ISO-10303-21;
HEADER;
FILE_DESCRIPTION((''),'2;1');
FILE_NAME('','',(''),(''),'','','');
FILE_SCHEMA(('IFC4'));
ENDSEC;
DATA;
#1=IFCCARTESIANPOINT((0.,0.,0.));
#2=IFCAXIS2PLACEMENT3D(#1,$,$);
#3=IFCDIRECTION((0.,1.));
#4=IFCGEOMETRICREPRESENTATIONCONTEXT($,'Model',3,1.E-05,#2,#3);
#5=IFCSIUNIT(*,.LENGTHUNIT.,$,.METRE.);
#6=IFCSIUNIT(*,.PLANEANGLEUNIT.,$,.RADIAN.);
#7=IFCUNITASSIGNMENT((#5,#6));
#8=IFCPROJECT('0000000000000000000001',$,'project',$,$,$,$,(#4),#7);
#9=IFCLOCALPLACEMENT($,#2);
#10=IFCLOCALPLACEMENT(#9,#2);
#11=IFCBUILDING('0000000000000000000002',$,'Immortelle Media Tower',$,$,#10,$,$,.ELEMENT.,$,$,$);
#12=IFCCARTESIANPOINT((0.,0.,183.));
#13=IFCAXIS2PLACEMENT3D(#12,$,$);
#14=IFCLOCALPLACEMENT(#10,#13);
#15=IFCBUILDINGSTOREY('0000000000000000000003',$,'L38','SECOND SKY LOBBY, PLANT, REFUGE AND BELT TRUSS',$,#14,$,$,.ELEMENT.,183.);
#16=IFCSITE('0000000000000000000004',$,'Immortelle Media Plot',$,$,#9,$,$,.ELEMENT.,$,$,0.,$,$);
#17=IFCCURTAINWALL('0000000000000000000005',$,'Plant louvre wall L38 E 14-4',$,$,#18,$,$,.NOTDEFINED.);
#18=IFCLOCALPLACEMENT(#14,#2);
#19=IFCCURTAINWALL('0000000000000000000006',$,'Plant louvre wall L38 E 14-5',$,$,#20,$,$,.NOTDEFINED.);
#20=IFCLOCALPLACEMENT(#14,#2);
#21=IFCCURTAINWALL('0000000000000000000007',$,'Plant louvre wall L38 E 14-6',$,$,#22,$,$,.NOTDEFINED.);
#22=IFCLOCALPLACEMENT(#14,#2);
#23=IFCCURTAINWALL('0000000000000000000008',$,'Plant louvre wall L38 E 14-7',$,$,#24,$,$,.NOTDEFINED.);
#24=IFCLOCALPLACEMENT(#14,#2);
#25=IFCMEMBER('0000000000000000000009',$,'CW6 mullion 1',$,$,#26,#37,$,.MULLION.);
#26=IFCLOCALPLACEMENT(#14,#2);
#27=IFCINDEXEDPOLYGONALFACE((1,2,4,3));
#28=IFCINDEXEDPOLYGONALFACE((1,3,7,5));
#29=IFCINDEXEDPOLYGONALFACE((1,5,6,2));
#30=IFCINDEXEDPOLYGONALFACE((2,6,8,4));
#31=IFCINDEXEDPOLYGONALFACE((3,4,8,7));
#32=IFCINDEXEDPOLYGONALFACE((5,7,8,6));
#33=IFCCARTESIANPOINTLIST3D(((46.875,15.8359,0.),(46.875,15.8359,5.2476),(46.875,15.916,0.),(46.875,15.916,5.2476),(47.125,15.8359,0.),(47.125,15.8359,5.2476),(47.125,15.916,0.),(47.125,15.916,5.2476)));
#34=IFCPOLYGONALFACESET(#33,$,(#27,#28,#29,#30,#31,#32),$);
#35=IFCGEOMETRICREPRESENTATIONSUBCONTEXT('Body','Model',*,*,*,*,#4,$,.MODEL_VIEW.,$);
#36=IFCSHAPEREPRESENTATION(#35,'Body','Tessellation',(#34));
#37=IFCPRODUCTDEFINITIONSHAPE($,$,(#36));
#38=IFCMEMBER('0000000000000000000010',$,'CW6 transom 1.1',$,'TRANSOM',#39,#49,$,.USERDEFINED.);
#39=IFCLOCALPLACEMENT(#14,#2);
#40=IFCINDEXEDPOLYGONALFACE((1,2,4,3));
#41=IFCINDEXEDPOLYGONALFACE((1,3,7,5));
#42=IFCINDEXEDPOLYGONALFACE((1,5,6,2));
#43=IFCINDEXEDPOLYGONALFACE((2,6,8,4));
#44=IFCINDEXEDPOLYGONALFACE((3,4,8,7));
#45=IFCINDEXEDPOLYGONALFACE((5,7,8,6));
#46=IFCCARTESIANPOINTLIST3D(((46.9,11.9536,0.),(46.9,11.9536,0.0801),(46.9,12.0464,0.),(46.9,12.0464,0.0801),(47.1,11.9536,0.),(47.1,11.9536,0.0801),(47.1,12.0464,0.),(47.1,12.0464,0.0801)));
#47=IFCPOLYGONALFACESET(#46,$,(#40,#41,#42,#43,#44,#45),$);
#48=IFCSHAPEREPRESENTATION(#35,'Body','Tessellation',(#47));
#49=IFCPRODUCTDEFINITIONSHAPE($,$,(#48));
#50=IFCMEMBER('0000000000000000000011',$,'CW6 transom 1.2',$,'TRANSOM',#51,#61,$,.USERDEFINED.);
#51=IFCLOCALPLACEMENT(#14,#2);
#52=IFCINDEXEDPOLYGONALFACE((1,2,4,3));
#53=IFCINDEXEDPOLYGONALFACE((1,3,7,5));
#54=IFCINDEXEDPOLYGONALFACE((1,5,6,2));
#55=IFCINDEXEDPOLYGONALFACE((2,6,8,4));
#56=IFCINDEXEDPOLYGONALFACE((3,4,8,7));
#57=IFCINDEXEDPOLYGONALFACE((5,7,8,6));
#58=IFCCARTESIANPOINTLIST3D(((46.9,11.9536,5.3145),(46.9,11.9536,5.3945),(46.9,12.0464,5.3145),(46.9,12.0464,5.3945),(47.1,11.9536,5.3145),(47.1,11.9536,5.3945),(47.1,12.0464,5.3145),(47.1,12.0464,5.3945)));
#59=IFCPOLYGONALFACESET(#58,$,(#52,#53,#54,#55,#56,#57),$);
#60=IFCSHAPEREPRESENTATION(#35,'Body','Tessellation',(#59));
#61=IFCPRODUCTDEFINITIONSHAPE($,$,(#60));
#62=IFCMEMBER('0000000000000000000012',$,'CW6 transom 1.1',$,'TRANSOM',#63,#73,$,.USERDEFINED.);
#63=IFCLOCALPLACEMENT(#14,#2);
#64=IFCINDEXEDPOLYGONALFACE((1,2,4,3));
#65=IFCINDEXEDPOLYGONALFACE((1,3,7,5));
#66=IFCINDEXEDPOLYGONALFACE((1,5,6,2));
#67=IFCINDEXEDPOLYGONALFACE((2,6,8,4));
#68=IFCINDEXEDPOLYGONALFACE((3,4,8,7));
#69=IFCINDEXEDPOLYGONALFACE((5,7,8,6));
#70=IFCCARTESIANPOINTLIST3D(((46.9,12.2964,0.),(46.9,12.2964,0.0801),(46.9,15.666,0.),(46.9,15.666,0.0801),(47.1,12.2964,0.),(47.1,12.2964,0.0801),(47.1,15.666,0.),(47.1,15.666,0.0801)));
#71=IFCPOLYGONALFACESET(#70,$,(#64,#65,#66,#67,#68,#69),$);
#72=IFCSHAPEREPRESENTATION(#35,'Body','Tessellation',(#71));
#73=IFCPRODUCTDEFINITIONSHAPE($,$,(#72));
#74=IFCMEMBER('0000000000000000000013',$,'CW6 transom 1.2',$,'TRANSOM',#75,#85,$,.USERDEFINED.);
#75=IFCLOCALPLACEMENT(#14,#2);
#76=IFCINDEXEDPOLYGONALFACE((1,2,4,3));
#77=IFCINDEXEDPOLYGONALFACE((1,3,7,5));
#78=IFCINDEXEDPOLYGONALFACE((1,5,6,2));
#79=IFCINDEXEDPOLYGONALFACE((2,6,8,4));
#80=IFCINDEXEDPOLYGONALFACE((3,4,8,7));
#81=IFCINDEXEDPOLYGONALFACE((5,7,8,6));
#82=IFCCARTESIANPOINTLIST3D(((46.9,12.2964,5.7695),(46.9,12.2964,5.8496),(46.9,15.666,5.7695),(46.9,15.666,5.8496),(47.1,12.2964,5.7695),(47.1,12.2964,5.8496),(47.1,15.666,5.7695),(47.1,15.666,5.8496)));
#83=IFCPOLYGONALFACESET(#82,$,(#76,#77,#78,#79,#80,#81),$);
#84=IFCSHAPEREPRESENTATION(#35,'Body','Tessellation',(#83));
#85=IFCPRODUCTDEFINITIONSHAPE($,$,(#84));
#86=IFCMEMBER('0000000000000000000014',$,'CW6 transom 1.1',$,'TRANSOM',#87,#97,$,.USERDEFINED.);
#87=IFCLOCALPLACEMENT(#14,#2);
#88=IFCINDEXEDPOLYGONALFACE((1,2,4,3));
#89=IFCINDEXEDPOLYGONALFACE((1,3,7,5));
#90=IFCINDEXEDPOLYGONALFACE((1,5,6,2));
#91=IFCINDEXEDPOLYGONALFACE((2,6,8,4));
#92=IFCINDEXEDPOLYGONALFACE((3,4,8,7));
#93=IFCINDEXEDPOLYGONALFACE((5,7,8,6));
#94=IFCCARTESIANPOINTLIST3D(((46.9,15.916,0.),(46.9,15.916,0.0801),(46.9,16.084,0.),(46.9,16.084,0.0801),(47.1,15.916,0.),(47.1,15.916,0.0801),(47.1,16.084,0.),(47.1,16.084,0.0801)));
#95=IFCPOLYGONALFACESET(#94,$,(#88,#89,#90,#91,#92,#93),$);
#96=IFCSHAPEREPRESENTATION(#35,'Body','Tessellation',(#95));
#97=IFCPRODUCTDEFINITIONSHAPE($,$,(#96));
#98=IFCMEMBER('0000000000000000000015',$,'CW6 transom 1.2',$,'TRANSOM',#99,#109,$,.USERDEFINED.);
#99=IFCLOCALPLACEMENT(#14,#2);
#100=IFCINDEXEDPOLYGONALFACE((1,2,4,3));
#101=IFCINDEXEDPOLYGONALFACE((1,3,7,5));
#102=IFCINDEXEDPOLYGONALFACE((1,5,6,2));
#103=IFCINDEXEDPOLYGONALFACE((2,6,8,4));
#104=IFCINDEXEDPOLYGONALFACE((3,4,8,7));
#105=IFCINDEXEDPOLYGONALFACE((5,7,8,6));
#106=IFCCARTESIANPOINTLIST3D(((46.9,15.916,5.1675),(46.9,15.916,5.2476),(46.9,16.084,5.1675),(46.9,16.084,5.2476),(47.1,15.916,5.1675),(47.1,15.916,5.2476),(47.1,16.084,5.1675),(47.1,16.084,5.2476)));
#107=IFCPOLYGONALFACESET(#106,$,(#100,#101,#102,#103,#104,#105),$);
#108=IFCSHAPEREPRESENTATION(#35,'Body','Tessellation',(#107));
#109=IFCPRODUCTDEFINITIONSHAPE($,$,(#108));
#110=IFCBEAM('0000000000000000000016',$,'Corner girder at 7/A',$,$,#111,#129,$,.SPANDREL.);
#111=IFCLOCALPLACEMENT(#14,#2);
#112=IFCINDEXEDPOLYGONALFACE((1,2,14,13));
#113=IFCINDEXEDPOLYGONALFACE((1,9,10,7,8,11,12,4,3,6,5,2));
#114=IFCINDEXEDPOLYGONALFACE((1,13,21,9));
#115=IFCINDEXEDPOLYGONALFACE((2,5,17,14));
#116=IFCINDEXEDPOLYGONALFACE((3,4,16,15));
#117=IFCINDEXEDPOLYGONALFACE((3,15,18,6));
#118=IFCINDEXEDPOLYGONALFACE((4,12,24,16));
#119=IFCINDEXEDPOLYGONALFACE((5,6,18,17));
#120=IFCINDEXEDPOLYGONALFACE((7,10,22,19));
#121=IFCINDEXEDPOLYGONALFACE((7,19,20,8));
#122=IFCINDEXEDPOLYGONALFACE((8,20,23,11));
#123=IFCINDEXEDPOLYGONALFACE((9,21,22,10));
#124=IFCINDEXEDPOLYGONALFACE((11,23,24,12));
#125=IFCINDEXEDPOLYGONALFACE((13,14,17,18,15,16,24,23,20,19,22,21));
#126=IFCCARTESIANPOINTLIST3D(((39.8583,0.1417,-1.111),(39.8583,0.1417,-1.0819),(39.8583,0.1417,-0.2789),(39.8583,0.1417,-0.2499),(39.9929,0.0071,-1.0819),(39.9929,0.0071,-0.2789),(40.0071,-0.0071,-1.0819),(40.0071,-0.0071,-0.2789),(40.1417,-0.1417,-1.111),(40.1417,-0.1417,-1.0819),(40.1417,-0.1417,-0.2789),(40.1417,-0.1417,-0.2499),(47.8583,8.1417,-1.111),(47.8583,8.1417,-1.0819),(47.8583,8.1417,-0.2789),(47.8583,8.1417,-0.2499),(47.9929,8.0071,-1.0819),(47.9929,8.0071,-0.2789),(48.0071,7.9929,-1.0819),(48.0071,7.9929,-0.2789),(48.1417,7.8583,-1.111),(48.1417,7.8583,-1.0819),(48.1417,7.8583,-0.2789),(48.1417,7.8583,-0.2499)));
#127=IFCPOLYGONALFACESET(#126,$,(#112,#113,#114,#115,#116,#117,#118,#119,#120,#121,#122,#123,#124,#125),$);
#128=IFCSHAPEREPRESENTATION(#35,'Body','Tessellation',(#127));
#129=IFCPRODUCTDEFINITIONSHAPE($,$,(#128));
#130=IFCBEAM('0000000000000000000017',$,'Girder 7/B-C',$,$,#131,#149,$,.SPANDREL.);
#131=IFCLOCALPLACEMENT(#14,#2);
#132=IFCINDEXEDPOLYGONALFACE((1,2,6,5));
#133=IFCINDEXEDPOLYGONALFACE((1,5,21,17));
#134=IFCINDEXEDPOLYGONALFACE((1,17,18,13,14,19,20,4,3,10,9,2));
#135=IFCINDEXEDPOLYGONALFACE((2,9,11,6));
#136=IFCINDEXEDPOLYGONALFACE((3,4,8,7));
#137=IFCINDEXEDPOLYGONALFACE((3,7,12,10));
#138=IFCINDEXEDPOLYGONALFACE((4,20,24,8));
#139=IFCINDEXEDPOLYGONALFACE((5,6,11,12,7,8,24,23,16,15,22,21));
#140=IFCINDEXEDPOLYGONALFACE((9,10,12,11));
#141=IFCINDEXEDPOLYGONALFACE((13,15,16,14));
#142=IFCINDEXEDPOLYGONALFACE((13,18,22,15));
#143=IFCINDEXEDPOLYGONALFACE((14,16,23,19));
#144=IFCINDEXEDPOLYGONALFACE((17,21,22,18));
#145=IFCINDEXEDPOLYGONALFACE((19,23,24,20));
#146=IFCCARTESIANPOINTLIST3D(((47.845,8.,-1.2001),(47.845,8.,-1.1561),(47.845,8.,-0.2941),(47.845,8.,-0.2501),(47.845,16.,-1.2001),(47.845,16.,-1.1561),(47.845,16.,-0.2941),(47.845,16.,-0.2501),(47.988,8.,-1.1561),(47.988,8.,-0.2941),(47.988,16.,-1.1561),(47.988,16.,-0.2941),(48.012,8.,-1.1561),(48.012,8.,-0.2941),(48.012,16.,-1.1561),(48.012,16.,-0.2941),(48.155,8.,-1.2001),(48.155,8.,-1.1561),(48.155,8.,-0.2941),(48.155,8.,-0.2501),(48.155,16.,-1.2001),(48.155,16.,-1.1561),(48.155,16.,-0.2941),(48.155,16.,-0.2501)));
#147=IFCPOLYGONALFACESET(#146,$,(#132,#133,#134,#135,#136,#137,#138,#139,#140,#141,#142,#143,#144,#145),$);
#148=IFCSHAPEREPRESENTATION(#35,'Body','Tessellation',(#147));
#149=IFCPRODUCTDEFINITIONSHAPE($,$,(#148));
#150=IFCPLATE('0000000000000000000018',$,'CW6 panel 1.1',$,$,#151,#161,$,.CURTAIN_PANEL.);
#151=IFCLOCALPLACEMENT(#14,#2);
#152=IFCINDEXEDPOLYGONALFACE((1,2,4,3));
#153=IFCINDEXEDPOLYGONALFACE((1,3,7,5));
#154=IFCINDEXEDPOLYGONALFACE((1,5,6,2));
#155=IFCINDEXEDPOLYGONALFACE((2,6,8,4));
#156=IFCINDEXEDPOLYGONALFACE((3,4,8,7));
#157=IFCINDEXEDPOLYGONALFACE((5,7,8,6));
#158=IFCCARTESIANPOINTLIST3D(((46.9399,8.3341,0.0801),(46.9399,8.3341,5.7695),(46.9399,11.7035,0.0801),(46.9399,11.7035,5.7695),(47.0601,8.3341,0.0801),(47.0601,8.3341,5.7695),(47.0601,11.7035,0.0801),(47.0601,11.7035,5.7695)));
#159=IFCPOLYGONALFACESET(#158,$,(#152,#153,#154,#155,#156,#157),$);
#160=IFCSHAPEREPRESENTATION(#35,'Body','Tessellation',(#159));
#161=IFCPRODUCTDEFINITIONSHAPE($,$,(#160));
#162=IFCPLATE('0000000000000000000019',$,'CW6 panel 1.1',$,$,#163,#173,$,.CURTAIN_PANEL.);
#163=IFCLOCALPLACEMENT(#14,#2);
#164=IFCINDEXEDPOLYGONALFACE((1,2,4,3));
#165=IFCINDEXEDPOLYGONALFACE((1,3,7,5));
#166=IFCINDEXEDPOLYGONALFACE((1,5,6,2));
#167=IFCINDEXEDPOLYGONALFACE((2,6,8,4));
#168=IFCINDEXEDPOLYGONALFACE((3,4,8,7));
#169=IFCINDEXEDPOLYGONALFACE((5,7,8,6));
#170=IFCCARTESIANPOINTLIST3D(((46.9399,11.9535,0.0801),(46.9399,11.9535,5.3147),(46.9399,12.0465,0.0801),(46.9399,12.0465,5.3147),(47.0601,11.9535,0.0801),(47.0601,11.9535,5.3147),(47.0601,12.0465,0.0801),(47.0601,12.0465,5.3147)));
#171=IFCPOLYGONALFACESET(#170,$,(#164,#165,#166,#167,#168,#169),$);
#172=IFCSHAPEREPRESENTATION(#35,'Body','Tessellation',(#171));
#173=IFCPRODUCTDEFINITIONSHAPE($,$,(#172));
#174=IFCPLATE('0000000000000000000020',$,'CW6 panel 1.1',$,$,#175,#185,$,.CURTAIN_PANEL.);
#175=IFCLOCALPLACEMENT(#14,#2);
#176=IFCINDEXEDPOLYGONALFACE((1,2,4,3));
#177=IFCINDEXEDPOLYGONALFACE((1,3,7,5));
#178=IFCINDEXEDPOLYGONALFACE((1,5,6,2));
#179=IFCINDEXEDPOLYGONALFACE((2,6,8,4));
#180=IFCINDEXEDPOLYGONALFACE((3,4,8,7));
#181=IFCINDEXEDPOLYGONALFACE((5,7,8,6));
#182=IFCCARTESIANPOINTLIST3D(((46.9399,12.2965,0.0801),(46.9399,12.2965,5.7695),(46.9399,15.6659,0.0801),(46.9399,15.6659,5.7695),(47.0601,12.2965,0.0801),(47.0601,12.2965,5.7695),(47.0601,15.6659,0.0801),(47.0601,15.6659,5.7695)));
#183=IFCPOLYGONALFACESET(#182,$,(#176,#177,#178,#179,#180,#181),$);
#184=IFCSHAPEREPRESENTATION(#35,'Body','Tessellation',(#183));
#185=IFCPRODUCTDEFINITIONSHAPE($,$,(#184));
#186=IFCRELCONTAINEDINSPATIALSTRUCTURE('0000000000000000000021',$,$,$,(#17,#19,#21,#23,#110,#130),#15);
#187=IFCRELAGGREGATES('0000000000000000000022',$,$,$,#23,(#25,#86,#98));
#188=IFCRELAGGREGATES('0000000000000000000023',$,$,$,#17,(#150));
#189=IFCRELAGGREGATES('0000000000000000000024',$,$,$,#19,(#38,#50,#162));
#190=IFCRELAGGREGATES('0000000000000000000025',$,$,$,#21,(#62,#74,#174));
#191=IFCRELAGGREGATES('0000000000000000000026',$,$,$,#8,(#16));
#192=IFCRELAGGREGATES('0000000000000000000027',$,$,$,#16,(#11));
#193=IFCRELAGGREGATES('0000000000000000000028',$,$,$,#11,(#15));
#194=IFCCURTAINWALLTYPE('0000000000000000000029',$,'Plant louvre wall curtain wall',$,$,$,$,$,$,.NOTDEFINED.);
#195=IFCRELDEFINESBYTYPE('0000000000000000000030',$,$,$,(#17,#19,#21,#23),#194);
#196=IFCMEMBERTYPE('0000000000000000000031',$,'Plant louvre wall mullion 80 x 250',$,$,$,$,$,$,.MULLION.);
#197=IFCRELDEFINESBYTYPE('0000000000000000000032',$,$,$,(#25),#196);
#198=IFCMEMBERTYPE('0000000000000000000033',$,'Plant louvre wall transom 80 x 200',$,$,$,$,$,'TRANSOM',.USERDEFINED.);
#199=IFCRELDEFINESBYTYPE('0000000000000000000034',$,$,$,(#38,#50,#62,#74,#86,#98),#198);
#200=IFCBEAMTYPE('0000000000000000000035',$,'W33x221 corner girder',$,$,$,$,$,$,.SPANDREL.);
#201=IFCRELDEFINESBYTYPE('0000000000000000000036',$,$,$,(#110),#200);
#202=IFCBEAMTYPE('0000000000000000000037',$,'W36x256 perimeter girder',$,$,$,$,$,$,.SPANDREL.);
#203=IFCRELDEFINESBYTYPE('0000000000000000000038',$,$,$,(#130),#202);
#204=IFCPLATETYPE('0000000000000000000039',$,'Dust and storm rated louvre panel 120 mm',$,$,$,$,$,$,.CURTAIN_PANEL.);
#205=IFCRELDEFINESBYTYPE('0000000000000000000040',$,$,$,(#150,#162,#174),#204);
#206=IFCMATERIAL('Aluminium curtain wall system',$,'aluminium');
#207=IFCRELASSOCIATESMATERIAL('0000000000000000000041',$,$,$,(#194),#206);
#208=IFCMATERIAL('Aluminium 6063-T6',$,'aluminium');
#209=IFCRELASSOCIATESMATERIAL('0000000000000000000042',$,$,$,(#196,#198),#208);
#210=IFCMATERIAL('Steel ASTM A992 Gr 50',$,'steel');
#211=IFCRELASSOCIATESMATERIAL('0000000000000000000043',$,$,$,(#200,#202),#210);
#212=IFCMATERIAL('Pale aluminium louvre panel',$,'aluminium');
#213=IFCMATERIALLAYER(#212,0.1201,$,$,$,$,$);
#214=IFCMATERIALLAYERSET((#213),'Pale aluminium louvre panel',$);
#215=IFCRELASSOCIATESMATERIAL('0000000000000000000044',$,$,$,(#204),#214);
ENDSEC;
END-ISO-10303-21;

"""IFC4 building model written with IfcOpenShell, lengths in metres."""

from ifc_helpers import new_model, si_unit, direction, frame, origin, origin_2d, place, context, subcontext, project, spatial, rectangle, i_section, extrude, material, layer, layer_set, material_profile, profile_set, type_object, element, aggregate, save


model = new_model("IFC4")

# Units and contexts
model_context = context("Model", 3, precision=1e-05, world=origin(), true_north=direction((0.0, 1.0)))
body_context = subcontext(model_context, "Body", "Model", "MODEL_VIEW")
ifc_project = project(units=[si_unit("LENGTHUNIT", "METRE"), si_unit("PLANEANGLEUNIT", "RADIAN")], contexts=[model_context])

# Site, building, storey
site_placement = place(None, origin())
site = spatial("IfcSite", under=ifc_project, at=site_placement, Name="Immortelle Media Plot", CompositionType="ELEMENT", RefElevation=0.0)
building_placement = place(site_placement, origin())
building = spatial("IfcBuilding", under=site, at=building_placement, Name="Immortelle Media Tower", CompositionType="ELEMENT")
storey_placement = place(building_placement, frame((0.0, 0.0, 183.0)))
storey = spatial("IfcBuildingStorey", under=building, at=storey_placement, Name="L38", Description="SECOND SKY LOBBY, PLANT, REFUGE AND BELT TRUSS", CompositionType="ELEMENT", Elevation=183.0)

# Shared definitions
ifc_material_1 = material(Name="Steel ASTM A992 Gr 50", Category="steel")

# Curtain wall
ifc_material_2 = material(Name="Aluminium curtain wall system", Category="aluminium")
curtain_wall_type = type_object("IfcCurtainWallType", Name="Plant louvre wall curtain wall", PredefinedType="NOTDEFINED", material=ifc_material_2)
curtain_wall_1_placement = place(storey_placement, origin())
curtain_wall_1 = element("IfcCurtainWall", 1, at=curtain_wall_1_placement, inside=storey, type_object=curtain_wall_type, Name="Plant louvre wall L38 E 14-4", PredefinedType="NOTDEFINED")
ifc_material_3 = material(Name="Aluminium 6063-T6", Category="aluminium")
ifc_material_profile_1 = material_profile(ifc_material_3, rectangle(XDim=0.25, YDim=0.0801, at=origin_2d()), Name="AL 80x250")
ifc_profile_set_1 = profile_set([ifc_material_profile_1], Name="Aluminium 6063-T6")
member_type_1 = type_object("IfcMemberType", Name="Plant louvre wall mullion 80 x 250", PredefinedType="MULLION", material=ifc_profile_set_1)

# Curtain walls
curtain_wall_2_placement = place(storey_placement, origin())
curtain_wall_2 = element("IfcCurtainWall", 2, at=curtain_wall_2_placement, inside=storey, type_object=curtain_wall_type, Name="Plant louvre wall L38 E 14-5", PredefinedType="NOTDEFINED")
curtain_wall_3_placement = place(storey_placement, origin())
curtain_wall_3 = element("IfcCurtainWall", 3, at=curtain_wall_3_placement, inside=storey, type_object=curtain_wall_type, Name="Plant louvre wall L38 E 14-6", PredefinedType="NOTDEFINED")

# Curtain wall, member
curtain_wall_4_placement = place(storey_placement, origin())
curtain_wall_4 = element("IfcCurtainWall", 4, at=curtain_wall_4_placement, inside=storey, type_object=curtain_wall_type, Name="Plant louvre wall L38 E 14-7", PredefinedType="NOTDEFINED")
member_1_placement = place(storey_placement, frame((47.0, 15.876, 0.0), z_axis=(0.0, 0.0, 1.0), x_axis=(-1.0, 0.0, 0.0)))
member_1 = element("IfcMember", 5, at=member_1_placement, type_object=member_type_1, Name="CW6 mullion 1", PredefinedType="MULLION", context=body_context, shape_type="SweptSolid", body=[
    extrude(rectangle(XDim=0.25, YDim=0.0801, at=origin_2d()), origin(), (0.0, 0.0, 1.0), 5.2476),
])

# Members
ifc_material_profile_2 = material_profile(ifc_material_3, rectangle(XDim=0.2, YDim=0.0801, at=origin_2d()), Name="AL 80x200")
ifc_profile_set_2 = profile_set([ifc_material_profile_2], Name="Aluminium 6063-T6")
member_type_2 = type_object("IfcMemberType", Name="Plant louvre wall transom 80 x 200", ElementType="TRANSOM", PredefinedType="USERDEFINED", material=ifc_profile_set_2)
member_2_placement = place(storey_placement, frame((47.0, 11.9536, 0.04), z_axis=(0.0, 1.0, 0.0), x_axis=(-1.0, 0.0, 0.0)))
member_2 = element("IfcMember", 6, at=member_2_placement, type_object=member_type_2, Name="CW6 transom 1.1", ObjectType="TRANSOM", PredefinedType="USERDEFINED", context=body_context, shape_type="SweptSolid", body=[
    extrude(rectangle(XDim=0.2, YDim=0.0801, at=origin_2d()), origin(), (0.0, 0.0, 1.0), 0.0928),
])
member_3_placement = place(storey_placement, frame((47.0, 11.9536, 5.3545), z_axis=(0.0, 1.0, 0.0), x_axis=(-1.0, 0.0, 0.0)))
member_3 = element("IfcMember", 7, at=member_3_placement, type_object=member_type_2, Name="CW6 transom 1.2", ObjectType="TRANSOM", PredefinedType="USERDEFINED", context=body_context, shape_type="SweptSolid", body=[
    extrude(rectangle(XDim=0.2, YDim=0.0801, at=origin_2d()), origin(), (0.0, 0.0, 1.0), 0.0928),
])
member_4_placement = place(storey_placement, frame((47.0, 12.2964, 0.04), z_axis=(0.0, 1.0, 0.0), x_axis=(-1.0, 0.0, 0.0)))
member_4 = element("IfcMember", 8, at=member_4_placement, type_object=member_type_2, Name="CW6 transom 1.1", ObjectType="TRANSOM", PredefinedType="USERDEFINED", context=body_context, shape_type="SweptSolid", body=[
    extrude(rectangle(XDim=0.2, YDim=0.0801, at=origin_2d()), origin(), (0.0, 0.0, 1.0), 3.3696),
])
member_5_placement = place(storey_placement, frame((47.0, 12.2964, 5.8096), z_axis=(0.0, 1.0, 0.0), x_axis=(-1.0, 0.0, 0.0)))
member_5 = element("IfcMember", 9, at=member_5_placement, type_object=member_type_2, Name="CW6 transom 1.2", ObjectType="TRANSOM", PredefinedType="USERDEFINED", context=body_context, shape_type="SweptSolid", body=[
    extrude(rectangle(XDim=0.2, YDim=0.0801, at=origin_2d()), origin(), (0.0, 0.0, 1.0), 3.3696),
])
member_6_placement = place(storey_placement, frame((47.0, 15.916, 0.04), z_axis=(0.0, 1.0, 0.0), x_axis=(-1.0, 0.0, 0.0)))
member_6 = element("IfcMember", 10, at=member_6_placement, type_object=member_type_2, Name="CW6 transom 1.1", ObjectType="TRANSOM", PredefinedType="USERDEFINED", context=body_context, shape_type="SweptSolid", body=[
    extrude(rectangle(XDim=0.2, YDim=0.0801, at=origin_2d()), origin(), (0.0, 0.0, 1.0), 0.168),
])
member_7_placement = place(storey_placement, frame((47.0, 15.916, 5.2075), z_axis=(0.0, 1.0, 0.0), x_axis=(-1.0, 0.0, 0.0)))
member_7 = element("IfcMember", 11, at=member_7_placement, type_object=member_type_2, Name="CW6 transom 1.2", ObjectType="TRANSOM", PredefinedType="USERDEFINED", context=body_context, shape_type="SweptSolid", body=[
    extrude(rectangle(XDim=0.2, YDim=0.0801, at=origin_2d()), origin(), (0.0, 0.0, 1.0), 0.168),
])
aggregate(curtain_wall_4, [member_1, member_6, member_7])

# Beams
ifc_material_profile_3 = material_profile(ifc_material_1, i_section(OverallWidth=0.4009, OverallDepth=0.8611, WebThickness=0.02, FlangeThickness=0.0291, at=origin_2d()), Name="W33x221")
ifc_profile_set_3 = profile_set([ifc_material_profile_3], Name="Steel ASTM A992 Gr 50")
beam_type_1 = type_object("IfcBeamType", Name="W33x221 corner girder", PredefinedType="SPANDREL", material=ifc_profile_set_3)
beam_1_placement = place(storey_placement, frame((48.0, 8.0, -0.6804), z_axis=(-0.707107, -0.707107, 0.0), x_axis=(0.707107, -0.707107, 0.0)))
element("IfcBeam", 12, at=beam_1_placement, inside=storey, type_object=beam_type_1, Name="Corner girder at 7/A", PredefinedType="SPANDREL", context=body_context, shape_type="SweptSolid", body=[
    extrude(i_section(OverallWidth=0.4009, OverallDepth=0.8611, WebThickness=0.02, FlangeThickness=0.0291, at=origin_2d()), origin(), (0.0, 0.0, 1.0), 11.3137),
])
ifc_material_profile_4 = material_profile(ifc_material_1, i_section(OverallWidth=0.3101, OverallDepth=0.95, WebThickness=0.0239, FlangeThickness=0.0439, at=origin_2d()), Name="W36x256")
ifc_profile_set_4 = profile_set([ifc_material_profile_4], Name="Steel ASTM A992 Gr 50")
beam_type_2 = type_object("IfcBeamType", Name="W36x256 perimeter girder", PredefinedType="SPANDREL", material=ifc_profile_set_4)
beam_2_placement = place(storey_placement, frame((48.0, 8.0, -0.7251), z_axis=(0.0, 1.0, 0.0), x_axis=(-1.0, 0.0, 0.0)))
element("IfcBeam", 13, at=beam_2_placement, inside=storey, type_object=beam_type_2, Name="Girder 7/B-C", PredefinedType="SPANDREL", context=body_context, shape_type="SweptSolid", body=[
    extrude(i_section(OverallWidth=0.3101, OverallDepth=0.95, WebThickness=0.0239, FlangeThickness=0.0439, at=origin_2d()), origin(), (0.0, 0.0, 1.0), 8.0),
])

# Plates
ifc_material_4 = material(Name="Pale aluminium louvre panel", Category="aluminium")
ifc_layer = layer(ifc_material_4, 0.1201)
ifc_layer_set = layer_set([ifc_layer], Name="Pale aluminium louvre panel")
plate_type = type_object("IfcPlateType", Name="Dust and storm rated louvre panel 120 mm", PredefinedType="CURTAIN_PANEL", material=ifc_layer_set)
plate_1_placement = place(storey_placement, frame((47.0, 10.0188, 0.0801), z_axis=(0.0, 0.0, 1.0), x_axis=(0.0, 1.0, 0.0)))
plate_1 = element("IfcPlate", 14, at=plate_1_placement, type_object=plate_type, Name="CW6 panel 1.1", PredefinedType="CURTAIN_PANEL", context=body_context, shape_type="SweptSolid", body=[
    extrude(rectangle(XDim=3.3694, YDim=0.1201, at=origin_2d()), origin(), (0.0, 0.0, 1.0), 5.6895),
])
aggregate(curtain_wall_1, [plate_1])
plate_2_placement = place(storey_placement, frame((47.0, 12.0, 0.0801), z_axis=(0.0, 0.0, 1.0), x_axis=(0.0, 1.0, 0.0)))
plate_2 = element("IfcPlate", 15, at=plate_2_placement, type_object=plate_type, Name="CW6 panel 1.1", PredefinedType="CURTAIN_PANEL", context=body_context, shape_type="SweptSolid", body=[
    extrude(rectangle(XDim=0.093, YDim=0.1201, at=origin_2d()), origin(), (0.0, 0.0, 1.0), 5.2346),
])
aggregate(curtain_wall_2, [member_2, member_3, plate_2])
plate_3_placement = place(storey_placement, frame((47.0, 13.9812, 0.0801), z_axis=(0.0, 0.0, 1.0), x_axis=(0.0, 1.0, 0.0)))
plate_3 = element("IfcPlate", 16, at=plate_3_placement, type_object=plate_type, Name="CW6 panel 1.1", PredefinedType="CURTAIN_PANEL", context=body_context, shape_type="SweptSolid", body=[
    extrude(rectangle(XDim=3.3694, YDim=0.1201, at=origin_2d()), origin(), (0.0, 0.0, 1.0), 5.6895),
])
aggregate(curtain_wall_3, [member_4, member_5, plate_3])

save(model, "model.ifc")
